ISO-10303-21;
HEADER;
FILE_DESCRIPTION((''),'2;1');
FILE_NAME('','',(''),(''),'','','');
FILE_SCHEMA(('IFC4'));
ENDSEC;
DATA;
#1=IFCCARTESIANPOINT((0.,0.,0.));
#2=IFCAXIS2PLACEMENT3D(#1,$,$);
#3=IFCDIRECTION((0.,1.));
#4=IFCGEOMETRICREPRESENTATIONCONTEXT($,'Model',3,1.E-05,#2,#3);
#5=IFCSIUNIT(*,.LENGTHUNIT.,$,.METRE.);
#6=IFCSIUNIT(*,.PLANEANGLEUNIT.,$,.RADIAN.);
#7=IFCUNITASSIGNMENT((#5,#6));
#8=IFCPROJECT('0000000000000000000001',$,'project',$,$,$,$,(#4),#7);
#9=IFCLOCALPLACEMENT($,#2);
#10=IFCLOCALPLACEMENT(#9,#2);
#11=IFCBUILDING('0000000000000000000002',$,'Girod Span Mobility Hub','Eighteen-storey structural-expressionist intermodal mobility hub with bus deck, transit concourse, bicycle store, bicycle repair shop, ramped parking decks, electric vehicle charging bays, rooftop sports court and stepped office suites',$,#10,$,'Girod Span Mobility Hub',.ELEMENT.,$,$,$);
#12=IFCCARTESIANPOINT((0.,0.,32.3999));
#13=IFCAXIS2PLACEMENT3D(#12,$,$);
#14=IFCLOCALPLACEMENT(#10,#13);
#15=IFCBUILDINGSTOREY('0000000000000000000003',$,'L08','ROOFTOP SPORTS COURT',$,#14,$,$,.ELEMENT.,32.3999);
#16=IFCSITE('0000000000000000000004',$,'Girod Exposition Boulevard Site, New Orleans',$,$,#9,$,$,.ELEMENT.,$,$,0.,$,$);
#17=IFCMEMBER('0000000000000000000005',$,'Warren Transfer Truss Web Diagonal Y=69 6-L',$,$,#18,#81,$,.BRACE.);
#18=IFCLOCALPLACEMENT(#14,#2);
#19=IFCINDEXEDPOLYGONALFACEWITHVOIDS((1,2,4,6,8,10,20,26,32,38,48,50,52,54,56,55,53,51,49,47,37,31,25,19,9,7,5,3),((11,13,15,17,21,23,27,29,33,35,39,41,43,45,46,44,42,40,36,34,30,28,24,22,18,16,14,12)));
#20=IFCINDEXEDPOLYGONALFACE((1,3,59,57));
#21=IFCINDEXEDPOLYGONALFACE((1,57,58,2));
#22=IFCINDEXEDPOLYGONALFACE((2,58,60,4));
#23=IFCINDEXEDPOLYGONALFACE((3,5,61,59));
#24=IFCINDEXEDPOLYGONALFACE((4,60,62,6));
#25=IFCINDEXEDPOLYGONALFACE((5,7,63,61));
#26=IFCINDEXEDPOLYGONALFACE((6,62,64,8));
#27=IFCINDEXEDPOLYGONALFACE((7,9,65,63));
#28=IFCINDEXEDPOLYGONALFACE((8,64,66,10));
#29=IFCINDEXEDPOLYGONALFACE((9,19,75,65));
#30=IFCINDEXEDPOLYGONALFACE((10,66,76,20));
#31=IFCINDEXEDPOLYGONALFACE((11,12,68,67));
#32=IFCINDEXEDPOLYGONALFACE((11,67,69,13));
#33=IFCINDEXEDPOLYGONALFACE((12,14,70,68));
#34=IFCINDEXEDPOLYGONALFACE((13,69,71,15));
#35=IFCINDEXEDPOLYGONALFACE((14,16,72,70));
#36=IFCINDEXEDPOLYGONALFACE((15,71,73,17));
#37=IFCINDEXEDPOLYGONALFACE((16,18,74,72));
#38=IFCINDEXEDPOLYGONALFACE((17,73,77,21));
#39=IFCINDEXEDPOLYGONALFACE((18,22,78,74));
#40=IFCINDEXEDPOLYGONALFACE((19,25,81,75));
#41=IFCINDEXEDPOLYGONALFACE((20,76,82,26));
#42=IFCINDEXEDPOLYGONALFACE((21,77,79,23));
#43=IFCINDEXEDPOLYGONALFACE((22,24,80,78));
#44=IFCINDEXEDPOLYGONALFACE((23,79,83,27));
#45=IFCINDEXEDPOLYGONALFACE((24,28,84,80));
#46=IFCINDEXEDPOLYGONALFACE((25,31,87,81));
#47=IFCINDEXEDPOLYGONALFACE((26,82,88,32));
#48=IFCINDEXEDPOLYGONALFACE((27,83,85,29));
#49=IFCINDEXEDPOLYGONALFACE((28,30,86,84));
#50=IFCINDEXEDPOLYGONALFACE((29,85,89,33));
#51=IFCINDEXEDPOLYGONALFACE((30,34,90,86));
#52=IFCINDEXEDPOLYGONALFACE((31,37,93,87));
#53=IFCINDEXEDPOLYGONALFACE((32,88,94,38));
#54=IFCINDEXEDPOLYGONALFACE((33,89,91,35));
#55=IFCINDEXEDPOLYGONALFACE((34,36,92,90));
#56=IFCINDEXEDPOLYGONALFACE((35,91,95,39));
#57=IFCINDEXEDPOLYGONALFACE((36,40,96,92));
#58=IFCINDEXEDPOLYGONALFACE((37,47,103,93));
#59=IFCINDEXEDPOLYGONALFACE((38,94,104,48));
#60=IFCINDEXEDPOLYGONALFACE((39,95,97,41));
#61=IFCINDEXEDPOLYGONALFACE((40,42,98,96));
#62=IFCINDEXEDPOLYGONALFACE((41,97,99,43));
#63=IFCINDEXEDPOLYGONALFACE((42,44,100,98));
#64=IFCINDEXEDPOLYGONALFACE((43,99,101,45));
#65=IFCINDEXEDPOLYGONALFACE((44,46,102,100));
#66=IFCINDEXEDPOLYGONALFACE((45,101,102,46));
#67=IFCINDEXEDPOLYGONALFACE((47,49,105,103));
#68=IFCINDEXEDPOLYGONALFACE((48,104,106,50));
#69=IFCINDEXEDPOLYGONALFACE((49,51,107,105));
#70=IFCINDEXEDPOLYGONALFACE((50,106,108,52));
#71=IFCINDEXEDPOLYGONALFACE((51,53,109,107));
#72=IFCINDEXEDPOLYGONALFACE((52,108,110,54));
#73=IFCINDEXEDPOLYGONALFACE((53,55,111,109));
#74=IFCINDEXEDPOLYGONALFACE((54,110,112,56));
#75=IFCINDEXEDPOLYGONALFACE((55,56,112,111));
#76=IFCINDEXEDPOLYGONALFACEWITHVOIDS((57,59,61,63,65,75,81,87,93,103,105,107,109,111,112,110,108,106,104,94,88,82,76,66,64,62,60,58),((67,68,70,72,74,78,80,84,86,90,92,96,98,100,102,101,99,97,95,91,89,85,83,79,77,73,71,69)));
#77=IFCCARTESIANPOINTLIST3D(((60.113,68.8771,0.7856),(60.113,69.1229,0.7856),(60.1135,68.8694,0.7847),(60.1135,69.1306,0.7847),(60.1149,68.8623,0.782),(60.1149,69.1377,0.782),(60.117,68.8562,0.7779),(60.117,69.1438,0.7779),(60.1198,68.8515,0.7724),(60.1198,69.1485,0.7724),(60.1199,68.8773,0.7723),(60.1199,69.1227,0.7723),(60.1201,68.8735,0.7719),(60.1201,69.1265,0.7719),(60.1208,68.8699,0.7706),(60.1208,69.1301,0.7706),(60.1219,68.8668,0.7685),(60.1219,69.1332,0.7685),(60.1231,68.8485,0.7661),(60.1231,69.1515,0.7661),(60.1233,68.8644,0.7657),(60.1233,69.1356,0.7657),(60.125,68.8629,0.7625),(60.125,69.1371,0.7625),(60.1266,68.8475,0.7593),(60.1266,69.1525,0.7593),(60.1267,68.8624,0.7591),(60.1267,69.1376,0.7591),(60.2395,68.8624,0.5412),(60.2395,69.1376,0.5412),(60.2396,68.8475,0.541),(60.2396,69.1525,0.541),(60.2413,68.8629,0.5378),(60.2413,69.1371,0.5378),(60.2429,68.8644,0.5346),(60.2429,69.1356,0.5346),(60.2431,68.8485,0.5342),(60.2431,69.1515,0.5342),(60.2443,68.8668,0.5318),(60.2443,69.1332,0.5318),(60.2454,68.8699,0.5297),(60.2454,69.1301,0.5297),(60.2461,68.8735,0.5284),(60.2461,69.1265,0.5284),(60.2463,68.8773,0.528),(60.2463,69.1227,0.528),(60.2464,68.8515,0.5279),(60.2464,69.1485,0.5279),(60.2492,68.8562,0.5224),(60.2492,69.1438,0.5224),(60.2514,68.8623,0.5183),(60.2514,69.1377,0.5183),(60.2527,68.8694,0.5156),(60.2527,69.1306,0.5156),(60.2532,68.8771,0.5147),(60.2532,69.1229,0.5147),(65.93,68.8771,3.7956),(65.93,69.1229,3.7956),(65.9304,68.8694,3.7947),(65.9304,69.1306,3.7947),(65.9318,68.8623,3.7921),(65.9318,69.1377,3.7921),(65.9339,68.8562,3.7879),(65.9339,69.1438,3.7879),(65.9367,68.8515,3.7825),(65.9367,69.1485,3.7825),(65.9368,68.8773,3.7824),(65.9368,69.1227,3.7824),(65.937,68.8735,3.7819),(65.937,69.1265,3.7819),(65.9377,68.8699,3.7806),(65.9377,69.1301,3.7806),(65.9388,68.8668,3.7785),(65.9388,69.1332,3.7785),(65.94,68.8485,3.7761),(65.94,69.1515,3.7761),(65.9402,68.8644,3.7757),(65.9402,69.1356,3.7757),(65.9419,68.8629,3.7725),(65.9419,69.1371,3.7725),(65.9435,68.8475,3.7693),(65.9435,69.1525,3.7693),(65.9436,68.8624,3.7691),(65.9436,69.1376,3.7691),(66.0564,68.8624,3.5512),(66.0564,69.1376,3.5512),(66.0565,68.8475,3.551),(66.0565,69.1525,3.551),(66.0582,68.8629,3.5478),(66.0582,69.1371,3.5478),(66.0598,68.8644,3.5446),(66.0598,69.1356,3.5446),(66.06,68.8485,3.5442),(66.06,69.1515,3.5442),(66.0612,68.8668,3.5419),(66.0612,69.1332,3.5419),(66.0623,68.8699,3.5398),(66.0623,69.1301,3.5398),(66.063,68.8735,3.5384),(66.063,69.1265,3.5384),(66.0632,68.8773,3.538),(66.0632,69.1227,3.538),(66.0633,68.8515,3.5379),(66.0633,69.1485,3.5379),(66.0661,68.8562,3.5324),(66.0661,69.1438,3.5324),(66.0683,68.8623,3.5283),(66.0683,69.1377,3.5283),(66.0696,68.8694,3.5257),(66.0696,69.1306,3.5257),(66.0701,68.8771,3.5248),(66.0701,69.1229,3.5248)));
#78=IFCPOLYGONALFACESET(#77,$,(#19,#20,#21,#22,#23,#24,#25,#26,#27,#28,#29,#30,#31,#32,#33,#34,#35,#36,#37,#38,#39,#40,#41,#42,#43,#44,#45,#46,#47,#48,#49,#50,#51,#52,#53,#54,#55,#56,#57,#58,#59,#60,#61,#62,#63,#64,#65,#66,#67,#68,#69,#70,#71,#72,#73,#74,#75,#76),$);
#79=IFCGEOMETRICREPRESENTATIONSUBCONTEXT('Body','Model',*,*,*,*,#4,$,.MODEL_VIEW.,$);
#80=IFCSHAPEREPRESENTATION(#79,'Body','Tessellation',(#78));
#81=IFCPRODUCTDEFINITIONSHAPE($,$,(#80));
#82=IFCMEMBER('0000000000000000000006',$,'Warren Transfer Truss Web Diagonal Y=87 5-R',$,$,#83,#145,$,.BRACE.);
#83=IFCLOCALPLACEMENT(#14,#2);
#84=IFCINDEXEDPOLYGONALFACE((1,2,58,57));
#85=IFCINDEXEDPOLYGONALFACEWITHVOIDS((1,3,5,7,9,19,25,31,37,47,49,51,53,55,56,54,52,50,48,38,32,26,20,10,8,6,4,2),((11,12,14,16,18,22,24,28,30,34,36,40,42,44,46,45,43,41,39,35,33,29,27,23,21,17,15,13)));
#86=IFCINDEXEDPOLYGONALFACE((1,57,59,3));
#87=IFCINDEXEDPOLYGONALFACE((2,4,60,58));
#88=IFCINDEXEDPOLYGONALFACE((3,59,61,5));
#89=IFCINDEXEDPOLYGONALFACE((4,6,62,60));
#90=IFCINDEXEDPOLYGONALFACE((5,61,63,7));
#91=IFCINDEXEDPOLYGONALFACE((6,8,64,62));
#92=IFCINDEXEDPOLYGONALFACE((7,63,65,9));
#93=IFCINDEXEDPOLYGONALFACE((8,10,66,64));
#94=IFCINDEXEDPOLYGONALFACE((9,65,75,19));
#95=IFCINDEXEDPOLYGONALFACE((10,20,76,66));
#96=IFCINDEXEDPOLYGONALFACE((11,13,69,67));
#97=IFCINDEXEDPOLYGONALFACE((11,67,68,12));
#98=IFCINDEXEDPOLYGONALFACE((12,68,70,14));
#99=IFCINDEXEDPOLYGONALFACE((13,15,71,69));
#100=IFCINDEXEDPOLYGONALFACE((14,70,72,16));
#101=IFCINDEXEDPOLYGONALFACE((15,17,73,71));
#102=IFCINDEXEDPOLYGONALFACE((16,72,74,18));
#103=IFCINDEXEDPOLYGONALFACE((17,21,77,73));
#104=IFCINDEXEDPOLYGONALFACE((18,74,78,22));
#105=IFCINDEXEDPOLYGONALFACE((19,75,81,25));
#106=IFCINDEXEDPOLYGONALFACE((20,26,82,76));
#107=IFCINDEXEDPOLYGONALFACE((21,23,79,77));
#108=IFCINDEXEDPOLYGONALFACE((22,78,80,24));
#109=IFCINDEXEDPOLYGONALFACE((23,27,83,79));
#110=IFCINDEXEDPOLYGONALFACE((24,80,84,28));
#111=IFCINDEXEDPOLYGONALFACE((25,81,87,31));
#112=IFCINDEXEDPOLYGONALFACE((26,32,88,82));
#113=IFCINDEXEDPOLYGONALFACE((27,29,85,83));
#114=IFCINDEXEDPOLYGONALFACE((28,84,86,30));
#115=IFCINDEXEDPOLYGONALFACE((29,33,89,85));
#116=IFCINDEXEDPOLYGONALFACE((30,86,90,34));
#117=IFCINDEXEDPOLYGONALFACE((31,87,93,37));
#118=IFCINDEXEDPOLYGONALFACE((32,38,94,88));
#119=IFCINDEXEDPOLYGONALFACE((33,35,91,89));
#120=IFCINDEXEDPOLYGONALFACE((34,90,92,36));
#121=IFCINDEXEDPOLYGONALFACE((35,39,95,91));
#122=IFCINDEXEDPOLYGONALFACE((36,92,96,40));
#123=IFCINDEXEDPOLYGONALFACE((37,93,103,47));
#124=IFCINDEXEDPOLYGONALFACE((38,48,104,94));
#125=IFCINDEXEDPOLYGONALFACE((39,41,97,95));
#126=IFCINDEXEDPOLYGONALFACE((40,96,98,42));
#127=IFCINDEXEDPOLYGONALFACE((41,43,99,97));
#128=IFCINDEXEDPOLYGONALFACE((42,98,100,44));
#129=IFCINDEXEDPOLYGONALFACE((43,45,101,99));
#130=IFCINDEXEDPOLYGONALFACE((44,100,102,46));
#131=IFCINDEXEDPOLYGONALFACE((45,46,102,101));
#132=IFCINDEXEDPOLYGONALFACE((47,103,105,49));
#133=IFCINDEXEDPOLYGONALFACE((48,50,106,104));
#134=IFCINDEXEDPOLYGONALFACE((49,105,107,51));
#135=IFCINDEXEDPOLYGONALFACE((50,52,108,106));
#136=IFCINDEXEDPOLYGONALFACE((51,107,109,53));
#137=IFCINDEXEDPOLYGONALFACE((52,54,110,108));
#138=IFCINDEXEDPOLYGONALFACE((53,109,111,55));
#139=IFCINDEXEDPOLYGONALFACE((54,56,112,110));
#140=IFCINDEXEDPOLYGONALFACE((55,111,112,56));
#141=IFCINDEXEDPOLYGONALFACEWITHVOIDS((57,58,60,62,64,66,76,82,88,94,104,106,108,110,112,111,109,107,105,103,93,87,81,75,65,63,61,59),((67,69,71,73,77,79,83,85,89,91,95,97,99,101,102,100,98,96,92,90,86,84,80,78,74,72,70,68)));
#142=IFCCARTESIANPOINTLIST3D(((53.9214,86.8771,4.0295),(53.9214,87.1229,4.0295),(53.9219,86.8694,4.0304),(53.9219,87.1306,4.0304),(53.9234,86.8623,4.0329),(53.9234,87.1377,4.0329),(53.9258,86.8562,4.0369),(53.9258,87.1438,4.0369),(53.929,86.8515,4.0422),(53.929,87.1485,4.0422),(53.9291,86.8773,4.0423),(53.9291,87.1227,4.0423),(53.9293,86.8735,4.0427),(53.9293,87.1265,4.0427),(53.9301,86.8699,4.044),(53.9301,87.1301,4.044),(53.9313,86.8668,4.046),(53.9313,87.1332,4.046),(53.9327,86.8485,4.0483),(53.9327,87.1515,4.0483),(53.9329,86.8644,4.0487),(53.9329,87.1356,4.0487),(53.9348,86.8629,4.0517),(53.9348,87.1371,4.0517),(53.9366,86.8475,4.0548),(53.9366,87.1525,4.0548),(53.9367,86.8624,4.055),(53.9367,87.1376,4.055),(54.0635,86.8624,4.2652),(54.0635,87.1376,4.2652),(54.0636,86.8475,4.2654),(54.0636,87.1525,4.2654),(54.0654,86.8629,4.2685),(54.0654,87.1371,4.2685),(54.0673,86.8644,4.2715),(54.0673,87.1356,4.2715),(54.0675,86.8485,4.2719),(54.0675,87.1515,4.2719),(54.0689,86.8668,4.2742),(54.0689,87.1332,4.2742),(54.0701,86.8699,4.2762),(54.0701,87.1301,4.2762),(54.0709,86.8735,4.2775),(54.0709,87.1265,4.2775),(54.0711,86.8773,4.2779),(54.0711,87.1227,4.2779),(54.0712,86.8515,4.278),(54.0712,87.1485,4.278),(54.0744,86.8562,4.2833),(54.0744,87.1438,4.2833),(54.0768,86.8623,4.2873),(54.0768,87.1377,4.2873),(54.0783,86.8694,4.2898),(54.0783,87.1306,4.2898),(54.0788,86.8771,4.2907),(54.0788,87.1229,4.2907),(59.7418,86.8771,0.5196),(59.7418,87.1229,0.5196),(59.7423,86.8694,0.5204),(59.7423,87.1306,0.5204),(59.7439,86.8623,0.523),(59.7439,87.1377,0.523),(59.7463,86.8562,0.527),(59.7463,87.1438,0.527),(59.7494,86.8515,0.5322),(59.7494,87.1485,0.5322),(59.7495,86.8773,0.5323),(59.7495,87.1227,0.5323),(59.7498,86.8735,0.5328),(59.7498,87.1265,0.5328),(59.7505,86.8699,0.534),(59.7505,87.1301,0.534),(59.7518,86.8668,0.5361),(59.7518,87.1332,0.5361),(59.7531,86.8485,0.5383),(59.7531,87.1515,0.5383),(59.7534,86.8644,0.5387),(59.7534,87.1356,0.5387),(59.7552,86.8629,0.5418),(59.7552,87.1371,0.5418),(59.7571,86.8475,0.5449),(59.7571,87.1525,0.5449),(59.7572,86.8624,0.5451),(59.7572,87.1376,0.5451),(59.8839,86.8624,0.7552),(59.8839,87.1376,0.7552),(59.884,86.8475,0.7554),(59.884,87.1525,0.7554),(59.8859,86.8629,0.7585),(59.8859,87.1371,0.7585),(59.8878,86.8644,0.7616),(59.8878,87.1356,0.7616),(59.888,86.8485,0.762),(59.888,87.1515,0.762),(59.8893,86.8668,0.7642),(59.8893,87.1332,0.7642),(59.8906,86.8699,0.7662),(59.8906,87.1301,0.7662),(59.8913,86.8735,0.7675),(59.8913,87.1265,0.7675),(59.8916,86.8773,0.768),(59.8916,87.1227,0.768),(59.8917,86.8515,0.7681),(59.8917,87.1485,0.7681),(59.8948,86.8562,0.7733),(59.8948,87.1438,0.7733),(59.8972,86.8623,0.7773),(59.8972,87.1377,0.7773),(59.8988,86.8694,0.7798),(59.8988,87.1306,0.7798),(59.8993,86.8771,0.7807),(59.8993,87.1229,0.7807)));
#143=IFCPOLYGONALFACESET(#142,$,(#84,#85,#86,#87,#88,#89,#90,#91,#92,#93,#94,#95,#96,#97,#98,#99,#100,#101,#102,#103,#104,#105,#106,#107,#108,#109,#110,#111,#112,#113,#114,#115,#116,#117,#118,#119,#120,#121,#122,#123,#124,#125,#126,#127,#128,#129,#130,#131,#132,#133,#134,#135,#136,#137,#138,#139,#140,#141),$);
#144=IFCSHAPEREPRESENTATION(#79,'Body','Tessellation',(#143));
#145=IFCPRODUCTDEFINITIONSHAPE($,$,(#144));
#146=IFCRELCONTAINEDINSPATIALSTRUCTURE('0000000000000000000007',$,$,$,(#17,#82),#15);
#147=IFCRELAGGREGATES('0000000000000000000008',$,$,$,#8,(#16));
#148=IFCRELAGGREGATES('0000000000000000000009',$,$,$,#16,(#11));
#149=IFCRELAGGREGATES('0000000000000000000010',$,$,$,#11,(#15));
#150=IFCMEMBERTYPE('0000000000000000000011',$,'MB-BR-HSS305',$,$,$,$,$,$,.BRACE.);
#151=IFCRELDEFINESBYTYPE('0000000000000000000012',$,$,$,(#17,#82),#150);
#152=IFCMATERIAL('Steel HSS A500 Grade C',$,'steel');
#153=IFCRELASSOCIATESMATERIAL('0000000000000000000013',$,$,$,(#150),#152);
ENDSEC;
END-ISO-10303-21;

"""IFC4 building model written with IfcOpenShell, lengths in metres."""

from ifc_helpers import new_model, si_unit, direction, frame, origin, origin_2d, place, context, subcontext, project, spatial, hollow_rectangle, extrude, material, material_profile, profile_set, type_object, element, save


model = new_model("IFC4")

# Units and contexts
model_context = context("Model", 3, precision=1e-05, world=origin(), true_north=direction((0.0, 1.0)))
body_context = subcontext(model_context, "Body", "Model", "MODEL_VIEW")
ifc_project = project(units=[si_unit("LENGTHUNIT", "METRE"), si_unit("PLANEANGLEUNIT", "RADIAN")], contexts=[model_context])

# Site, building, storey
site_placement = place(None, origin())
site = spatial("IfcSite", under=ifc_project, at=site_placement, Name="Girod Exposition Boulevard Site, New Orleans", CompositionType="ELEMENT", RefElevation=0.0)
building_placement = place(site_placement, origin())
building = spatial("IfcBuilding", under=site, at=building_placement, Name="Girod Span Mobility Hub", Description="Eighteen-storey structural-expressionist intermodal mobility hub with bus deck, transit concourse, bicycle store, bicycle repair shop, ramped parking decks, electric vehicle charging bays, rooftop sports court and stepped office suites", LongName="Girod Span Mobility Hub", CompositionType="ELEMENT")
storey_placement = place(building_placement, frame((0.0, 0.0, 32.3999)))
storey = spatial("IfcBuildingStorey", under=building, at=storey_placement, Name="L08", Description="ROOFTOP SPORTS COURT", CompositionType="ELEMENT", Elevation=32.3999)

# Members
ifc_material_1 = material(Name="Steel HSS A500 Grade C", Category="steel")
ifc_material_profile_1 = material_profile(ifc_material_1, hollow_rectangle(XDim=0.3049, YDim=0.3049, WallThickness=0.0149, InnerFilletRadius=0.0149, OuterFilletRadius=0.0295, at=origin_2d()), Name="HSS305X305X16")
ifc_profile_set_1 = profile_set([ifc_material_profile_1], Name="Steel HSS A500 Grade C")
member_type_1 = type_object("IfcMemberType", Name="MB-BR-HSS305", PredefinedType="BRACE", material=ifc_profile_set_1)
member_1_placement = place(storey_placement, frame((60.1831, 69.0, 0.6501), z_axis=(0.888138, 0.0, 0.459576), x_axis=(0.0, 1.0, 0.0)))
element("IfcMember", 1, at=member_1_placement, inside=storey, type_object=member_type_1, Name="Warren Transfer Truss Web Diagonal Y=69 6-L", PredefinedType="BRACE", context=body_context, shape_type="SweptSolid", body=[
    extrude(hollow_rectangle(XDim=0.3049, YDim=0.3049, WallThickness=0.0149, InnerFilletRadius=0.0149, OuterFilletRadius=0.0295, at=origin_2d()), origin(), (0.0, 0.0, 1.0), 6.5496),
])
for number, where, z_axis, x_axis, name in (
    (2, (59.8206, 87.0, 0.6501), (-0.856344, 0.0, 0.516407), (0.0, -1.0, 0.0), "Warren Transfer Truss Web Diagonal Y=87 5-R"),
):
    element("IfcMember", number, at=place(storey_placement, frame(where, z_axis=z_axis, x_axis=x_axis)), inside=storey, type_object=member_type_1, Name=name, PredefinedType="BRACE", context=body_context, shape_type="SweptSolid", body=[
        extrude(hollow_rectangle(XDim=0.3049, YDim=0.3049, WallThickness=0.0149, InnerFilletRadius=0.0149, OuterFilletRadius=0.0295, at=origin_2d()), origin(), (0.0, 0.0, 1.0), 6.7969),
    ])

save(model, "model.ifc")
